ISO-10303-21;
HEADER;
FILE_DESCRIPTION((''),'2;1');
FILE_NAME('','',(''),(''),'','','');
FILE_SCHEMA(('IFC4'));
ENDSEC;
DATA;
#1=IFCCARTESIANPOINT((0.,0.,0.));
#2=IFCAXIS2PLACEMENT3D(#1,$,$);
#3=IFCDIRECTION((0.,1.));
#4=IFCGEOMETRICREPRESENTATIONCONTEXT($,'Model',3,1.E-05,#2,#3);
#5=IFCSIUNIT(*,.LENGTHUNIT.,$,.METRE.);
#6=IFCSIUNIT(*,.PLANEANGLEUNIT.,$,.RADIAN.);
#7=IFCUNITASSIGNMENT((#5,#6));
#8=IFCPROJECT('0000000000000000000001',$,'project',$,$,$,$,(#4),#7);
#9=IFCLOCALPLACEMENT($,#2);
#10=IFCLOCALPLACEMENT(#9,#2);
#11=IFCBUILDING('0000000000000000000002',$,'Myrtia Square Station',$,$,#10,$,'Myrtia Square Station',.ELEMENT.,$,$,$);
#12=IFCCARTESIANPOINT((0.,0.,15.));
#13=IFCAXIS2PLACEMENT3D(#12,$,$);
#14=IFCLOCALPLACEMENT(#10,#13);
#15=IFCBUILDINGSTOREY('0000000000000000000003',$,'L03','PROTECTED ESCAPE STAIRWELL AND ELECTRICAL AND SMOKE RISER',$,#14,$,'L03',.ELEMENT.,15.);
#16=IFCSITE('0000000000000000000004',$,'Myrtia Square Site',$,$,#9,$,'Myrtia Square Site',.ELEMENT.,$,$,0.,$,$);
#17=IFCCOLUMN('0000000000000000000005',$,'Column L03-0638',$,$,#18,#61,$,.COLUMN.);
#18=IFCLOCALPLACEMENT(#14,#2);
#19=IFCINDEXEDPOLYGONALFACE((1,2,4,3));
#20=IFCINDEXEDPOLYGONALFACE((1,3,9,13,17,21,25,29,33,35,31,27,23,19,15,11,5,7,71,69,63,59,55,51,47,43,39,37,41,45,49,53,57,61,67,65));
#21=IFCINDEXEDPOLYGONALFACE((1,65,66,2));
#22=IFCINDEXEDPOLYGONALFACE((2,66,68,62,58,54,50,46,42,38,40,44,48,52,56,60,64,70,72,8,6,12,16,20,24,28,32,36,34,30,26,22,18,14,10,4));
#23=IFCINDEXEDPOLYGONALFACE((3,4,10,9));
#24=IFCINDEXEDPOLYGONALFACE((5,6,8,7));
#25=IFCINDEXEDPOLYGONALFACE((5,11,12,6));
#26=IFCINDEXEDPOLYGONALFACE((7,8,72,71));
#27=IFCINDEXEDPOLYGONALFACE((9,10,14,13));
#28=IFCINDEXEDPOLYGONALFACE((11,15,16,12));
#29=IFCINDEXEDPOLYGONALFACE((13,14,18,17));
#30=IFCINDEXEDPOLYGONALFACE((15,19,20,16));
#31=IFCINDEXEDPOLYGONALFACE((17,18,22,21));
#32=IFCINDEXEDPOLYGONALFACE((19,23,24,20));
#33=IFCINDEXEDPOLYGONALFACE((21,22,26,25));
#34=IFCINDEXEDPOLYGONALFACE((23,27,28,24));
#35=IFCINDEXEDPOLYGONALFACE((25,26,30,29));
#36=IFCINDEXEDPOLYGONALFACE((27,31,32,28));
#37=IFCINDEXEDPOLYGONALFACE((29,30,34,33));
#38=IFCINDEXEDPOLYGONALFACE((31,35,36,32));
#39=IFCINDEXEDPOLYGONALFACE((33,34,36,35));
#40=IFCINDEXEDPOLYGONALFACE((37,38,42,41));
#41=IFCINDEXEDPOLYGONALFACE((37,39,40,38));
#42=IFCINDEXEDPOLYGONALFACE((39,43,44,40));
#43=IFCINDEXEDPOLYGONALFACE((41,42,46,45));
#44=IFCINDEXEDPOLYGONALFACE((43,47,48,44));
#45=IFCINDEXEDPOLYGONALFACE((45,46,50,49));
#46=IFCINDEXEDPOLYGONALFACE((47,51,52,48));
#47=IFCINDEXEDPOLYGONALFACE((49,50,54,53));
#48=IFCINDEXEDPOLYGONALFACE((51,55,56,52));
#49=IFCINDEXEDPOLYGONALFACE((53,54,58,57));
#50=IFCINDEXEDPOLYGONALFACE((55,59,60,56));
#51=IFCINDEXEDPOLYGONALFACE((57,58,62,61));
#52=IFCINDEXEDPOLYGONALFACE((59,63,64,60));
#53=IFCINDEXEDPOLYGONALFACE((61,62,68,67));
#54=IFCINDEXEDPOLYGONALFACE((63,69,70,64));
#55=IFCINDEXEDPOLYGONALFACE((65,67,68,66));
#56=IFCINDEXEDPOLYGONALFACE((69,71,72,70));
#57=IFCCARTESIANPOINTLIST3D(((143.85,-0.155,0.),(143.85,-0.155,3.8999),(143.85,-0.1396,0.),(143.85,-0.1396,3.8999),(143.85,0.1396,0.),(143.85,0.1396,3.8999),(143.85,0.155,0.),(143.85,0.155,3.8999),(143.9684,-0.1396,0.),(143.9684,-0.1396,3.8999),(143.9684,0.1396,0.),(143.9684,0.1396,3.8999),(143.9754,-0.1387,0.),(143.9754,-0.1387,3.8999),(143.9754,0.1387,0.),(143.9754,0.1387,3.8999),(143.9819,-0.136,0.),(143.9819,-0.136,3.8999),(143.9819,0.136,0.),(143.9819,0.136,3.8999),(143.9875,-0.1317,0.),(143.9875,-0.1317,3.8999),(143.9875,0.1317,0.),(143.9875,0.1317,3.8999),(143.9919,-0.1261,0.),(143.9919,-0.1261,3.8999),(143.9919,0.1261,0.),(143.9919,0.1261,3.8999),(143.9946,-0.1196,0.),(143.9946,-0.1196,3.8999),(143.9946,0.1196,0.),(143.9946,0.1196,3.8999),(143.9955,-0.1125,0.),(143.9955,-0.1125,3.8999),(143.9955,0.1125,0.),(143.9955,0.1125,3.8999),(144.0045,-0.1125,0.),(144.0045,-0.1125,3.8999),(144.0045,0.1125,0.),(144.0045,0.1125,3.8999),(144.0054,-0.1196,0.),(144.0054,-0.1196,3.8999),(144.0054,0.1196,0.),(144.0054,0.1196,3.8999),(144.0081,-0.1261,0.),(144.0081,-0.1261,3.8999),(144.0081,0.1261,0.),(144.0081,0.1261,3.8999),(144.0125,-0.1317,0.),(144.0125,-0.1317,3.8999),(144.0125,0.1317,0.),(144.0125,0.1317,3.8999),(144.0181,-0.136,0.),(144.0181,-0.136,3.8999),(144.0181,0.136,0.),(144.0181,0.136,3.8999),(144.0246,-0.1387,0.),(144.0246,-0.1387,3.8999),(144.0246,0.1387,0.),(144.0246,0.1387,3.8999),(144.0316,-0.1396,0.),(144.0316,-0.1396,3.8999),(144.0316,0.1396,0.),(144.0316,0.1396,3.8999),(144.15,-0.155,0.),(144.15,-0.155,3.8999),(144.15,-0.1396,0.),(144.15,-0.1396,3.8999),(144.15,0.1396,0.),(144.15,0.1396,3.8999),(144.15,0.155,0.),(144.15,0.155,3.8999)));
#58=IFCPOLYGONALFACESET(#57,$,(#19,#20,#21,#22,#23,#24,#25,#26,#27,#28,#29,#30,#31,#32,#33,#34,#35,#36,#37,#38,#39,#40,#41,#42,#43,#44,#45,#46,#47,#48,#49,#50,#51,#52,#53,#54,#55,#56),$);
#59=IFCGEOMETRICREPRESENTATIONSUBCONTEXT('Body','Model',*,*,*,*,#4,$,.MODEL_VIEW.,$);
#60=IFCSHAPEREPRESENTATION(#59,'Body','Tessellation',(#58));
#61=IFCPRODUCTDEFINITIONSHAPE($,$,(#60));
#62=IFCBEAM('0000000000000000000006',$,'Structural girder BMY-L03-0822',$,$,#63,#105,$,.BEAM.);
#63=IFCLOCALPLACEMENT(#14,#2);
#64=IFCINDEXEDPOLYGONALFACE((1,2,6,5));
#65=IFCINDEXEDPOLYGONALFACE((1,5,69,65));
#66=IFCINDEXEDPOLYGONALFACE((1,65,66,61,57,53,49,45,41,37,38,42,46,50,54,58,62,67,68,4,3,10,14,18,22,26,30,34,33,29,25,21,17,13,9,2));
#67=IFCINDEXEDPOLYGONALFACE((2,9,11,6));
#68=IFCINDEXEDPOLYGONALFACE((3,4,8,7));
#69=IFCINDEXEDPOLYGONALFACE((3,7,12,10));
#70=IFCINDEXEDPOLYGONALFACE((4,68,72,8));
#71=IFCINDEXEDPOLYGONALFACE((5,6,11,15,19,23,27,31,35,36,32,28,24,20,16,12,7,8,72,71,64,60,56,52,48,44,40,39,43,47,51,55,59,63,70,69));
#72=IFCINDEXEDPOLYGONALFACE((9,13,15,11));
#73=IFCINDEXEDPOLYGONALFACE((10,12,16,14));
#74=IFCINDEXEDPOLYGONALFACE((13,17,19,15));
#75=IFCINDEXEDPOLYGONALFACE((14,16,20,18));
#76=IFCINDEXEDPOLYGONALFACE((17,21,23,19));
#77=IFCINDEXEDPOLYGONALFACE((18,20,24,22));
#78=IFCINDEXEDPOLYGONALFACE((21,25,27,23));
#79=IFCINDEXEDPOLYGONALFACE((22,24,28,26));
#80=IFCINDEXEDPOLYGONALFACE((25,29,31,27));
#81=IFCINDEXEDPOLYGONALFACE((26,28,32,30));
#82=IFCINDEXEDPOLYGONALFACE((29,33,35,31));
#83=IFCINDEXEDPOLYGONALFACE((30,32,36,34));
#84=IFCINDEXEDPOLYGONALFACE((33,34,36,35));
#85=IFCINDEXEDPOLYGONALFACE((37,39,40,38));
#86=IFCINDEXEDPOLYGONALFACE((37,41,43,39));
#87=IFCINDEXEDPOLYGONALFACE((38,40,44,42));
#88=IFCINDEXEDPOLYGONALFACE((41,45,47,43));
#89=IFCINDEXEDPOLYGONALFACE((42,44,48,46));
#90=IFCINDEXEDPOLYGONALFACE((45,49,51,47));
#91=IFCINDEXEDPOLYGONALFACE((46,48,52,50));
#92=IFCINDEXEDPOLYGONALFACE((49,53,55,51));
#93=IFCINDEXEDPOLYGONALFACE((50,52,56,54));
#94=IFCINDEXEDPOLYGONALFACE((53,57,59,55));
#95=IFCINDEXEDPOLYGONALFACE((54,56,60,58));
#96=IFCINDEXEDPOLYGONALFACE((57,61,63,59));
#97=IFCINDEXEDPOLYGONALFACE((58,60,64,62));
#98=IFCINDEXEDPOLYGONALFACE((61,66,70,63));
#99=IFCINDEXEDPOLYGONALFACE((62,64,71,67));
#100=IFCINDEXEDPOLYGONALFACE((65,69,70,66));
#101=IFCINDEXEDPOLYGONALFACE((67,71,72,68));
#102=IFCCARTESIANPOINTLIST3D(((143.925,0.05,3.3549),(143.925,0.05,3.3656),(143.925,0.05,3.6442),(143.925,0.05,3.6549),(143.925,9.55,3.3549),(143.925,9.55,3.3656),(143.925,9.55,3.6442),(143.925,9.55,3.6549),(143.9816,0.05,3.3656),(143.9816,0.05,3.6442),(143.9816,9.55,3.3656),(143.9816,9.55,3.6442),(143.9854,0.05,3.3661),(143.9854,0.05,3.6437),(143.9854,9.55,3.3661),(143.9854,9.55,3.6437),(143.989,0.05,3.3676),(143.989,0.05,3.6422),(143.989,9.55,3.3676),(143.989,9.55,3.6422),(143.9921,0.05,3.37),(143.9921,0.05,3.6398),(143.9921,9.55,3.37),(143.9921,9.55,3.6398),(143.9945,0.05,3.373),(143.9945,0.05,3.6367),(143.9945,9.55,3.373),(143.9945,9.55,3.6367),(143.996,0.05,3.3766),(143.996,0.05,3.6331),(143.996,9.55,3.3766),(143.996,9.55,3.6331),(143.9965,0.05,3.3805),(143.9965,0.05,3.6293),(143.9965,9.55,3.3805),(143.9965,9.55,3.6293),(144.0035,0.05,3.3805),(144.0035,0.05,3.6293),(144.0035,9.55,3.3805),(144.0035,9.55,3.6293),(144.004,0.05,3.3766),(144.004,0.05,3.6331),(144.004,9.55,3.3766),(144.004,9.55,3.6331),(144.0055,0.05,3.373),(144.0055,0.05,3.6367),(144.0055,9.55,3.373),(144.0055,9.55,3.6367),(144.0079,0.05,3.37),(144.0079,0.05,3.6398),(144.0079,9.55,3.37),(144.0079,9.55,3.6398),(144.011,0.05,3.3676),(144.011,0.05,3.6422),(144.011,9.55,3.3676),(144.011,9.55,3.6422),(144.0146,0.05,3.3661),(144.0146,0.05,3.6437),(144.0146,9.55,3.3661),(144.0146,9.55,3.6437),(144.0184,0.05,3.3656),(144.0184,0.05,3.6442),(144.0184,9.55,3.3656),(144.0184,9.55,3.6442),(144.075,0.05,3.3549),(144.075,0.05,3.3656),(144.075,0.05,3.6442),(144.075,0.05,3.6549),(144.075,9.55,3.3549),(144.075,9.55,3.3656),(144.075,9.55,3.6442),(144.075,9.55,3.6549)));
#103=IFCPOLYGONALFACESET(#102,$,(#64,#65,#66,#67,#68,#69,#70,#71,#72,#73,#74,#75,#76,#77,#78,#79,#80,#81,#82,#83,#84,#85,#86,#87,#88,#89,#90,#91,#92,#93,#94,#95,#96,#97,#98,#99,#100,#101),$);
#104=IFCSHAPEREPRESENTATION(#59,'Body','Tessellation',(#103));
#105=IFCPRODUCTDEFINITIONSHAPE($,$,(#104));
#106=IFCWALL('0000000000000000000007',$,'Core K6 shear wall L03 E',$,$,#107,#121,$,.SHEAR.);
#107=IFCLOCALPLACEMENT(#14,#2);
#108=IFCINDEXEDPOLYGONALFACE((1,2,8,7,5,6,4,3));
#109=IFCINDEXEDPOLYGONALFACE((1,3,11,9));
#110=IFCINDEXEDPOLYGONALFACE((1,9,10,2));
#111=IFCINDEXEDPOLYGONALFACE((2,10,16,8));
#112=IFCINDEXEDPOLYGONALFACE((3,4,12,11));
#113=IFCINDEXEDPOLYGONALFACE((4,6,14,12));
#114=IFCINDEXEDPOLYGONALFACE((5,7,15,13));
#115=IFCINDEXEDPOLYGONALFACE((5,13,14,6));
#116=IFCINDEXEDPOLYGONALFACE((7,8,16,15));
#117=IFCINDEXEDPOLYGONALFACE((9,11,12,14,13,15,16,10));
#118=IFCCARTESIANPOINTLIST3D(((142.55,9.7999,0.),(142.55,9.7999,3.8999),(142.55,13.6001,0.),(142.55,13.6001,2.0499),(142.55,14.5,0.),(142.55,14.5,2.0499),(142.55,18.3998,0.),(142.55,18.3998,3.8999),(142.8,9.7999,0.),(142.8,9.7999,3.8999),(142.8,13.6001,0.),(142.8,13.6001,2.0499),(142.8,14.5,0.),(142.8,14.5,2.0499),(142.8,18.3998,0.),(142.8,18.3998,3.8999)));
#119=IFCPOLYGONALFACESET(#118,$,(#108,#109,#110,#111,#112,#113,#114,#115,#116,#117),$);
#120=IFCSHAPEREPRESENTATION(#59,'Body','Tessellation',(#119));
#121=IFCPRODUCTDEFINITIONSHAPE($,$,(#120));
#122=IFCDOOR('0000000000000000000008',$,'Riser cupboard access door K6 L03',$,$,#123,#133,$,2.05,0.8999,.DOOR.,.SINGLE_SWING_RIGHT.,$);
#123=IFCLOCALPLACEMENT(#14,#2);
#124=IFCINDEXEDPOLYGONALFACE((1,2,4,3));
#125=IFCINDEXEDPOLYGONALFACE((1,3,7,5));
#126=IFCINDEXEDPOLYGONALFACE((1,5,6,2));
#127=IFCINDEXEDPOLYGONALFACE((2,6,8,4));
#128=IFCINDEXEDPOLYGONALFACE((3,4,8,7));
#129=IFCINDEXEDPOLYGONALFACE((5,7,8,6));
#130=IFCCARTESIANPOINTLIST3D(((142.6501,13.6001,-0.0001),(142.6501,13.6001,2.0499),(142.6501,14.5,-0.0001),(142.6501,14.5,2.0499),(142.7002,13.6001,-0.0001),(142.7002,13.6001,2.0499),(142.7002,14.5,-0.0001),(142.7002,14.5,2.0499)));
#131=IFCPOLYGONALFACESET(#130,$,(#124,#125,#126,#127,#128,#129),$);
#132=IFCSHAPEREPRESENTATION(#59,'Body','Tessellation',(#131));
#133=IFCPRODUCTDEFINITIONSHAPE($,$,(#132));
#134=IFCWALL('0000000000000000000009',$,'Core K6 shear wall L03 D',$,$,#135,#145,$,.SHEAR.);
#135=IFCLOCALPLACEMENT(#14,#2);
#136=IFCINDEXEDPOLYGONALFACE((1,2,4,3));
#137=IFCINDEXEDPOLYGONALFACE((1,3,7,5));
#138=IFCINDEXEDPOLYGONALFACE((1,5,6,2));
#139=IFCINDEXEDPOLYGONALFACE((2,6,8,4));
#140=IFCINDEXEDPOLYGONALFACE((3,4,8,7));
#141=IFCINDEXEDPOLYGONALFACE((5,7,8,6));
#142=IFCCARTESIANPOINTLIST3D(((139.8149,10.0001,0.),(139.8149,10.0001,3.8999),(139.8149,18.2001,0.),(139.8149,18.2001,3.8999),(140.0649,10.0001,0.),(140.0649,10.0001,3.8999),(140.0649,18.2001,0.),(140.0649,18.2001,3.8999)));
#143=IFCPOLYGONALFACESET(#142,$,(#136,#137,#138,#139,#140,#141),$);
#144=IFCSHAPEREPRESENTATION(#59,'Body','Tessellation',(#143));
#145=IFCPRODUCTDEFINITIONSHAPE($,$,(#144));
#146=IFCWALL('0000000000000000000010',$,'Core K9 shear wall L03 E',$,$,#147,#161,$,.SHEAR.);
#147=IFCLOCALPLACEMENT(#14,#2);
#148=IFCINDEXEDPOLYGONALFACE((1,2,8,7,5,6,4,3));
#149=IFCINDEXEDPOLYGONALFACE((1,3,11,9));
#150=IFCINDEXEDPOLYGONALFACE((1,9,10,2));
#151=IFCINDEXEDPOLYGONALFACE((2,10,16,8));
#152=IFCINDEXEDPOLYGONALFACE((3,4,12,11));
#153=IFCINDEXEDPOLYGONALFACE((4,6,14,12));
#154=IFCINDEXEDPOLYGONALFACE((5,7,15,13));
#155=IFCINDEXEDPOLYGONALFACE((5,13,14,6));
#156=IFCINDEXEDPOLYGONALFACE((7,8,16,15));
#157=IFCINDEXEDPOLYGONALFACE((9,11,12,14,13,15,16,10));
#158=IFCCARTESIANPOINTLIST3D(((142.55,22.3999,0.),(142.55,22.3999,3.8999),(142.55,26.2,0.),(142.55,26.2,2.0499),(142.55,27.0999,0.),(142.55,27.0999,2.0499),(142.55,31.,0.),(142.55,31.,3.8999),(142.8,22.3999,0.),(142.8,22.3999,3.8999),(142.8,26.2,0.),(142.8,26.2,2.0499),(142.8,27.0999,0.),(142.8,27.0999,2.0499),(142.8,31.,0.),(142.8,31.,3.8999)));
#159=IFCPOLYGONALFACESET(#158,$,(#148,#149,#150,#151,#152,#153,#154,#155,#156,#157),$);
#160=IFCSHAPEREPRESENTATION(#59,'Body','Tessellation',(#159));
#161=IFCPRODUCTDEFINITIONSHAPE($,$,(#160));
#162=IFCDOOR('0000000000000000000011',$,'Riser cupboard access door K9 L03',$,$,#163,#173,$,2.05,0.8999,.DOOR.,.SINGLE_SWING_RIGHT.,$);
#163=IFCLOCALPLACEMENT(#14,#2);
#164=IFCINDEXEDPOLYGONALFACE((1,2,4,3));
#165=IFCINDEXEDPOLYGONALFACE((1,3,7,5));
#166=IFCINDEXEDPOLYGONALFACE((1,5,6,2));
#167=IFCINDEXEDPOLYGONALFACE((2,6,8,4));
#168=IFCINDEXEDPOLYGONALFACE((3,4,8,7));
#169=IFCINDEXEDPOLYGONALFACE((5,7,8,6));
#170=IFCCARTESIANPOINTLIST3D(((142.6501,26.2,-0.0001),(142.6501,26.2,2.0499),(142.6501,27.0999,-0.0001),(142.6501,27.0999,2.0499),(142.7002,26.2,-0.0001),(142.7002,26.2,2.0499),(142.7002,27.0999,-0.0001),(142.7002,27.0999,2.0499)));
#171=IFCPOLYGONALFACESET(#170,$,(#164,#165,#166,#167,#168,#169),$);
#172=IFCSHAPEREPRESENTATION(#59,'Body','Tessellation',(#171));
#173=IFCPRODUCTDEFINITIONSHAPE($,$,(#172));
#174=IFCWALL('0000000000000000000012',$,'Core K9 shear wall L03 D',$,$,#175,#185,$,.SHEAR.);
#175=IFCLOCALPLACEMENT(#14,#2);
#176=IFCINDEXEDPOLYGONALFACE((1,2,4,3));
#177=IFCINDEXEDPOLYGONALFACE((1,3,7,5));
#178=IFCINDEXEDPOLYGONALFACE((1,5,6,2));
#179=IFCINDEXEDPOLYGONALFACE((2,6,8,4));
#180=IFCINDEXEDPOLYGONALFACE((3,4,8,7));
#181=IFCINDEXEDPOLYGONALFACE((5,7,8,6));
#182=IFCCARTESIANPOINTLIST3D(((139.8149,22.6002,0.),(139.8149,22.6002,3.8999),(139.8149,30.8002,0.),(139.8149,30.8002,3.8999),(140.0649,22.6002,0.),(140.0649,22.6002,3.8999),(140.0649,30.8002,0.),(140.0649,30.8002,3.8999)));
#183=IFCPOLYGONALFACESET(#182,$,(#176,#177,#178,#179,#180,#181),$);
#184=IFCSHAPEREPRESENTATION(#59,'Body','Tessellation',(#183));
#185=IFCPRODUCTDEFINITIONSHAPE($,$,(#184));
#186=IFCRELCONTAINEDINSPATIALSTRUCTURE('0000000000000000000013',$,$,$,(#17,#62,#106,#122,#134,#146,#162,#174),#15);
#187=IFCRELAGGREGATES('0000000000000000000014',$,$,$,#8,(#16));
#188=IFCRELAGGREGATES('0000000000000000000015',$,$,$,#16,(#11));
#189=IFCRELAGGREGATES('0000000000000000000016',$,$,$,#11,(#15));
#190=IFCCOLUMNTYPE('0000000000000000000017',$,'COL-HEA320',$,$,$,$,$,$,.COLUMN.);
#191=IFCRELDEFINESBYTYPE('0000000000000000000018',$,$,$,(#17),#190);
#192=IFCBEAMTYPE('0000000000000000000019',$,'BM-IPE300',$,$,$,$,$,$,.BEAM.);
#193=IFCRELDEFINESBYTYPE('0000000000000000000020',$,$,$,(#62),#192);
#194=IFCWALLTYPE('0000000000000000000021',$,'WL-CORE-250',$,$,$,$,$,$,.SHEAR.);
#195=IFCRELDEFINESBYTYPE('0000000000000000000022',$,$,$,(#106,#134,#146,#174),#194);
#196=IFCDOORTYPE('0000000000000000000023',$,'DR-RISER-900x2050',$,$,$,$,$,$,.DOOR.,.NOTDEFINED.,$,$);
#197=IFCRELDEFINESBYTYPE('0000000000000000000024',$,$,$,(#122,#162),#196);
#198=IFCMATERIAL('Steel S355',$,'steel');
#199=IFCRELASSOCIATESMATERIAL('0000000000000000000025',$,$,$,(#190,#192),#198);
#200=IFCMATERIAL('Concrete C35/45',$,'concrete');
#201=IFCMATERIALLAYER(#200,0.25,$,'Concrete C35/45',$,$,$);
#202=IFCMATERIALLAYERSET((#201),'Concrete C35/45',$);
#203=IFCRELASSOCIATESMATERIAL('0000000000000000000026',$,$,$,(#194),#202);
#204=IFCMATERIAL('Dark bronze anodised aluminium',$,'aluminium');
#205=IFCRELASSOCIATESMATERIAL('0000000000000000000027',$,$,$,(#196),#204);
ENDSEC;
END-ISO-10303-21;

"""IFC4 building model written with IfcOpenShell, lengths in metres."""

from ifc_helpers import new_model, si_unit, direction, frame, frame_2d, origin, origin_2d, place, context, subcontext, project, spatial, rectangle, i_section, extrude, material, layer, layer_set, material_profile, profile_set, type_object, element, fill, save


model = new_model("IFC4")

# Units and contexts
model_context = context("Model", 3, precision=1e-05, world=origin(), true_north=direction((0.0, 1.0)))
body_context = subcontext(model_context, "Body", "Model", "MODEL_VIEW")
ifc_project = project(units=[si_unit("LENGTHUNIT", "METRE"), si_unit("PLANEANGLEUNIT", "RADIAN")], contexts=[model_context])

# Site, building, storey
site_placement = place(None, origin())
site = spatial("IfcSite", under=ifc_project, at=site_placement, Name="Myrtia Square Site", LongName="Myrtia Square Site", CompositionType="ELEMENT", RefElevation=0.0)
building_placement = place(site_placement, origin())
building = spatial("IfcBuilding", under=site, at=building_placement, Name="Myrtia Square Station", LongName="Myrtia Square Station", CompositionType="ELEMENT")
storey_placement = place(building_placement, frame((0.0, 0.0, 15.0)))
storey = spatial("IfcBuildingStorey", under=building, at=storey_placement, Name="L03", Description="PROTECTED ESCAPE STAIRWELL AND ELECTRICAL AND SMOKE RISER", LongName="L03", CompositionType="ELEMENT", Elevation=15.0)

# Column
ifc_material_1 = material(Name="Steel S355", Category="steel")
ifc_material_profile_1 = material_profile(ifc_material_1, i_section(OverallWidth=0.3, OverallDepth=0.3101, WebThickness=0.009, FlangeThickness=0.0154, FilletRadius=0.0271, at=origin_2d()), Name="HEA 320")
ifc_profile_set_1 = profile_set([ifc_material_profile_1], Name="Steel S355")
column_type = type_object("IfcColumnType", Name="COL-HEA320", PredefinedType="COLUMN", material=ifc_profile_set_1)
column_placement = place(storey_placement, frame((144.0, 0.0, 0.0), z_axis=(0.0, 0.0, 1.0), x_axis=(1.0, 0.0, 0.0)))
element("IfcColumn", 1, at=column_placement, inside=storey, type_object=column_type, Name="Column L03-0638", PredefinedType="COLUMN", context=body_context, shape_type="SweptSolid", body=[
    extrude(i_section(OverallWidth=0.3, OverallDepth=0.3101, WebThickness=0.009, FlangeThickness=0.0154, FilletRadius=0.0271, at=origin_2d()), origin(), (0.0, 0.0, 1.0), 3.8999),
])

# Beam
ifc_material_profile_2 = material_profile(ifc_material_1, i_section(OverallWidth=0.1499, OverallDepth=0.3, WebThickness=0.0071, FlangeThickness=0.0107, FilletRadius=0.0149, at=origin_2d()), Name="IPE 300")
ifc_profile_set_2 = profile_set([ifc_material_profile_2], Name="Steel S355")
beam_type = type_object("IfcBeamType", Name="BM-IPE300", PredefinedType="BEAM", material=ifc_profile_set_2)
beam_placement = place(storey_placement, frame((144.0, 0.05, 3.5049), z_axis=(0.0, 1.0, 0.0), x_axis=(-1.0, 0.0, 0.0)))
element("IfcBeam", 2, at=beam_placement, inside=storey, type_object=beam_type, Name="Structural girder BMY-L03-0822", PredefinedType="BEAM", context=body_context, shape_type="SweptSolid", body=[
    extrude(i_section(OverallWidth=0.1499, OverallDepth=0.3, WebThickness=0.0071, FlangeThickness=0.0107, FilletRadius=0.0149, at=origin_2d()), origin(), (0.0, 0.0, 1.0), 9.5),
])

# Wall, opening, door
ifc_material_2 = material(Name="Concrete C35/45", Category="concrete")
ifc_layer_1 = layer(ifc_material_2, 0.25, Name="Concrete C35/45")
ifc_layer_set_1 = layer_set([ifc_layer_1], Name="Concrete C35/45")
wall_type_1 = type_object("IfcWallType", Name="WL-CORE-250", PredefinedType="SHEAR", material=ifc_layer_set_1)
wall_1_placement = place(storey_placement, frame((142.675, 9.8, 0.0), z_axis=(0.0, 0.0, 1.0), x_axis=(0.0, 1.0, 0.0)))
wall_1 = element("IfcWall", 3, at=wall_1_placement, inside=storey, type_object=wall_type_1, Name="Core K6 shear wall L03 E", PredefinedType="SHEAR", context=body_context, shape_type="SweptSolid", body=[
    extrude(rectangle(XDim=8.5999, YDim=0.25, at=frame_2d((4.2998, 0.0))), origin(), (0.0, 0.0, 1.0), 3.8999),
])
opening_1_placement = place(wall_1_placement, frame((3.8, 0.0, 0.0)))
opening_1 = element("IfcOpeningElement", 4, at=opening_1_placement, cuts=wall_1, PredefinedType="OPENING", context=body_context, shape_type="SweptSolid", body=[
    extrude(rectangle(XDim=0.8999, YDim=2.05, at=frame_2d((0.45, 1.0249))), frame((0.0, 0.1399, 0.0), z_axis=(0.0, -1.0, 0.0), x_axis=(1.0, 0.0, 0.0)), (0.0, 0.0, 1.0), 0.28),
])
ifc_material_3 = material(Name="Dark bronze anodised aluminium", Category="aluminium")
door_type_1 = type_object("IfcDoorType", Name="DR-RISER-900x2050", OperationType="NOTDEFINED", PredefinedType="DOOR", material=ifc_material_3)
door_1_placement = place(opening_1_placement, origin())
door_1 = element("IfcDoor", 5, at=door_1_placement, inside=storey, type_object=door_type_1, Name="Riser cupboard access door K6 L03", OperationType="SINGLE_SWING_RIGHT", OverallHeight=2.05, OverallWidth=0.8999, PredefinedType="DOOR", context=body_context, shape_type="SweptSolid", body=[
    extrude(rectangle(XDim=0.8999, YDim=2.05, at=frame_2d((0.45, 1.0249))), frame((0.0, 0.0249, 0.0), z_axis=(0.0, -1.0, 0.0), x_axis=(1.0, 0.0, 0.0)), (0.0, 0.0, 1.0), 0.05),
])
fill(opening_1, door_1)

# Wall
wall_2_placement = place(storey_placement, frame((139.9399, 10.0, 0.0), z_axis=(0.0, 0.0, 1.0), x_axis=(0.0, 1.0, 0.0)))
element("IfcWall", 6, at=wall_2_placement, inside=storey, type_object=wall_type_1, Name="Core K6 shear wall L03 D", PredefinedType="SHEAR", context=body_context, shape_type="SweptSolid", body=[
    extrude(rectangle(XDim=8.2, YDim=0.25, at=frame_2d((4.1001, 0.0))), origin(), (0.0, 0.0, 1.0), 3.8999),
])

# Wall, opening, door
wall_3_placement = place(storey_placement, frame((142.675, 22.3999, 0.0), z_axis=(0.0, 0.0, 1.0), x_axis=(0.0, 1.0, 0.0)))
wall_3 = element("IfcWall", 7, at=wall_3_placement, inside=storey, type_object=wall_type_1, Name="Core K9 shear wall L03 E", PredefinedType="SHEAR", context=body_context, shape_type="SweptSolid", body=[
    extrude(rectangle(XDim=8.6001, YDim=0.25, at=frame_2d((4.3, 0.0))), origin(), (0.0, 0.0, 1.0), 3.8999),
])
opening_2_placement = place(wall_3_placement, frame((3.8, 0.0, 0.0)))
opening_2 = element("IfcOpeningElement", 8, at=opening_2_placement, cuts=wall_3, PredefinedType="OPENING", context=body_context, shape_type="SweptSolid", body=[
    extrude(rectangle(XDim=0.8999, YDim=2.05, at=frame_2d((0.45, 1.0249))), frame((0.0, 0.1399, 0.0), z_axis=(0.0, -1.0, 0.0), x_axis=(1.0, 0.0, 0.0)), (0.0, 0.0, 1.0), 0.28),
])
door_2_placement = place(opening_2_placement, origin())
door_2 = element("IfcDoor", 9, at=door_2_placement, inside=storey, type_object=door_type_1, Name="Riser cupboard access door K9 L03", OperationType="SINGLE_SWING_RIGHT", OverallHeight=2.05, OverallWidth=0.8999, PredefinedType="DOOR", context=body_context, shape_type="SweptSolid", body=[
    extrude(rectangle(XDim=0.8999, YDim=2.05, at=frame_2d((0.45, 1.0249))), frame((0.0, 0.0249, 0.0), z_axis=(0.0, -1.0, 0.0), x_axis=(1.0, 0.0, 0.0)), (0.0, 0.0, 1.0), 0.05),
])
fill(opening_2, door_2)

# Wall
wall_4_placement = place(storey_placement, frame((139.9399, 22.6001, 0.0), z_axis=(0.0, 0.0, 1.0), x_axis=(0.0, 1.0, 0.0)))
element("IfcWall", 10, at=wall_4_placement, inside=storey, type_object=wall_type_1, Name="Core K9 shear wall L03 D", PredefinedType="SHEAR", context=body_context, shape_type="SweptSolid", body=[
    extrude(rectangle(XDim=8.2, YDim=0.25, at=frame_2d((4.1001, 0.0))), origin(), (0.0, 0.0, 1.0), 3.8999),
])

save(model, "model.ifc")
